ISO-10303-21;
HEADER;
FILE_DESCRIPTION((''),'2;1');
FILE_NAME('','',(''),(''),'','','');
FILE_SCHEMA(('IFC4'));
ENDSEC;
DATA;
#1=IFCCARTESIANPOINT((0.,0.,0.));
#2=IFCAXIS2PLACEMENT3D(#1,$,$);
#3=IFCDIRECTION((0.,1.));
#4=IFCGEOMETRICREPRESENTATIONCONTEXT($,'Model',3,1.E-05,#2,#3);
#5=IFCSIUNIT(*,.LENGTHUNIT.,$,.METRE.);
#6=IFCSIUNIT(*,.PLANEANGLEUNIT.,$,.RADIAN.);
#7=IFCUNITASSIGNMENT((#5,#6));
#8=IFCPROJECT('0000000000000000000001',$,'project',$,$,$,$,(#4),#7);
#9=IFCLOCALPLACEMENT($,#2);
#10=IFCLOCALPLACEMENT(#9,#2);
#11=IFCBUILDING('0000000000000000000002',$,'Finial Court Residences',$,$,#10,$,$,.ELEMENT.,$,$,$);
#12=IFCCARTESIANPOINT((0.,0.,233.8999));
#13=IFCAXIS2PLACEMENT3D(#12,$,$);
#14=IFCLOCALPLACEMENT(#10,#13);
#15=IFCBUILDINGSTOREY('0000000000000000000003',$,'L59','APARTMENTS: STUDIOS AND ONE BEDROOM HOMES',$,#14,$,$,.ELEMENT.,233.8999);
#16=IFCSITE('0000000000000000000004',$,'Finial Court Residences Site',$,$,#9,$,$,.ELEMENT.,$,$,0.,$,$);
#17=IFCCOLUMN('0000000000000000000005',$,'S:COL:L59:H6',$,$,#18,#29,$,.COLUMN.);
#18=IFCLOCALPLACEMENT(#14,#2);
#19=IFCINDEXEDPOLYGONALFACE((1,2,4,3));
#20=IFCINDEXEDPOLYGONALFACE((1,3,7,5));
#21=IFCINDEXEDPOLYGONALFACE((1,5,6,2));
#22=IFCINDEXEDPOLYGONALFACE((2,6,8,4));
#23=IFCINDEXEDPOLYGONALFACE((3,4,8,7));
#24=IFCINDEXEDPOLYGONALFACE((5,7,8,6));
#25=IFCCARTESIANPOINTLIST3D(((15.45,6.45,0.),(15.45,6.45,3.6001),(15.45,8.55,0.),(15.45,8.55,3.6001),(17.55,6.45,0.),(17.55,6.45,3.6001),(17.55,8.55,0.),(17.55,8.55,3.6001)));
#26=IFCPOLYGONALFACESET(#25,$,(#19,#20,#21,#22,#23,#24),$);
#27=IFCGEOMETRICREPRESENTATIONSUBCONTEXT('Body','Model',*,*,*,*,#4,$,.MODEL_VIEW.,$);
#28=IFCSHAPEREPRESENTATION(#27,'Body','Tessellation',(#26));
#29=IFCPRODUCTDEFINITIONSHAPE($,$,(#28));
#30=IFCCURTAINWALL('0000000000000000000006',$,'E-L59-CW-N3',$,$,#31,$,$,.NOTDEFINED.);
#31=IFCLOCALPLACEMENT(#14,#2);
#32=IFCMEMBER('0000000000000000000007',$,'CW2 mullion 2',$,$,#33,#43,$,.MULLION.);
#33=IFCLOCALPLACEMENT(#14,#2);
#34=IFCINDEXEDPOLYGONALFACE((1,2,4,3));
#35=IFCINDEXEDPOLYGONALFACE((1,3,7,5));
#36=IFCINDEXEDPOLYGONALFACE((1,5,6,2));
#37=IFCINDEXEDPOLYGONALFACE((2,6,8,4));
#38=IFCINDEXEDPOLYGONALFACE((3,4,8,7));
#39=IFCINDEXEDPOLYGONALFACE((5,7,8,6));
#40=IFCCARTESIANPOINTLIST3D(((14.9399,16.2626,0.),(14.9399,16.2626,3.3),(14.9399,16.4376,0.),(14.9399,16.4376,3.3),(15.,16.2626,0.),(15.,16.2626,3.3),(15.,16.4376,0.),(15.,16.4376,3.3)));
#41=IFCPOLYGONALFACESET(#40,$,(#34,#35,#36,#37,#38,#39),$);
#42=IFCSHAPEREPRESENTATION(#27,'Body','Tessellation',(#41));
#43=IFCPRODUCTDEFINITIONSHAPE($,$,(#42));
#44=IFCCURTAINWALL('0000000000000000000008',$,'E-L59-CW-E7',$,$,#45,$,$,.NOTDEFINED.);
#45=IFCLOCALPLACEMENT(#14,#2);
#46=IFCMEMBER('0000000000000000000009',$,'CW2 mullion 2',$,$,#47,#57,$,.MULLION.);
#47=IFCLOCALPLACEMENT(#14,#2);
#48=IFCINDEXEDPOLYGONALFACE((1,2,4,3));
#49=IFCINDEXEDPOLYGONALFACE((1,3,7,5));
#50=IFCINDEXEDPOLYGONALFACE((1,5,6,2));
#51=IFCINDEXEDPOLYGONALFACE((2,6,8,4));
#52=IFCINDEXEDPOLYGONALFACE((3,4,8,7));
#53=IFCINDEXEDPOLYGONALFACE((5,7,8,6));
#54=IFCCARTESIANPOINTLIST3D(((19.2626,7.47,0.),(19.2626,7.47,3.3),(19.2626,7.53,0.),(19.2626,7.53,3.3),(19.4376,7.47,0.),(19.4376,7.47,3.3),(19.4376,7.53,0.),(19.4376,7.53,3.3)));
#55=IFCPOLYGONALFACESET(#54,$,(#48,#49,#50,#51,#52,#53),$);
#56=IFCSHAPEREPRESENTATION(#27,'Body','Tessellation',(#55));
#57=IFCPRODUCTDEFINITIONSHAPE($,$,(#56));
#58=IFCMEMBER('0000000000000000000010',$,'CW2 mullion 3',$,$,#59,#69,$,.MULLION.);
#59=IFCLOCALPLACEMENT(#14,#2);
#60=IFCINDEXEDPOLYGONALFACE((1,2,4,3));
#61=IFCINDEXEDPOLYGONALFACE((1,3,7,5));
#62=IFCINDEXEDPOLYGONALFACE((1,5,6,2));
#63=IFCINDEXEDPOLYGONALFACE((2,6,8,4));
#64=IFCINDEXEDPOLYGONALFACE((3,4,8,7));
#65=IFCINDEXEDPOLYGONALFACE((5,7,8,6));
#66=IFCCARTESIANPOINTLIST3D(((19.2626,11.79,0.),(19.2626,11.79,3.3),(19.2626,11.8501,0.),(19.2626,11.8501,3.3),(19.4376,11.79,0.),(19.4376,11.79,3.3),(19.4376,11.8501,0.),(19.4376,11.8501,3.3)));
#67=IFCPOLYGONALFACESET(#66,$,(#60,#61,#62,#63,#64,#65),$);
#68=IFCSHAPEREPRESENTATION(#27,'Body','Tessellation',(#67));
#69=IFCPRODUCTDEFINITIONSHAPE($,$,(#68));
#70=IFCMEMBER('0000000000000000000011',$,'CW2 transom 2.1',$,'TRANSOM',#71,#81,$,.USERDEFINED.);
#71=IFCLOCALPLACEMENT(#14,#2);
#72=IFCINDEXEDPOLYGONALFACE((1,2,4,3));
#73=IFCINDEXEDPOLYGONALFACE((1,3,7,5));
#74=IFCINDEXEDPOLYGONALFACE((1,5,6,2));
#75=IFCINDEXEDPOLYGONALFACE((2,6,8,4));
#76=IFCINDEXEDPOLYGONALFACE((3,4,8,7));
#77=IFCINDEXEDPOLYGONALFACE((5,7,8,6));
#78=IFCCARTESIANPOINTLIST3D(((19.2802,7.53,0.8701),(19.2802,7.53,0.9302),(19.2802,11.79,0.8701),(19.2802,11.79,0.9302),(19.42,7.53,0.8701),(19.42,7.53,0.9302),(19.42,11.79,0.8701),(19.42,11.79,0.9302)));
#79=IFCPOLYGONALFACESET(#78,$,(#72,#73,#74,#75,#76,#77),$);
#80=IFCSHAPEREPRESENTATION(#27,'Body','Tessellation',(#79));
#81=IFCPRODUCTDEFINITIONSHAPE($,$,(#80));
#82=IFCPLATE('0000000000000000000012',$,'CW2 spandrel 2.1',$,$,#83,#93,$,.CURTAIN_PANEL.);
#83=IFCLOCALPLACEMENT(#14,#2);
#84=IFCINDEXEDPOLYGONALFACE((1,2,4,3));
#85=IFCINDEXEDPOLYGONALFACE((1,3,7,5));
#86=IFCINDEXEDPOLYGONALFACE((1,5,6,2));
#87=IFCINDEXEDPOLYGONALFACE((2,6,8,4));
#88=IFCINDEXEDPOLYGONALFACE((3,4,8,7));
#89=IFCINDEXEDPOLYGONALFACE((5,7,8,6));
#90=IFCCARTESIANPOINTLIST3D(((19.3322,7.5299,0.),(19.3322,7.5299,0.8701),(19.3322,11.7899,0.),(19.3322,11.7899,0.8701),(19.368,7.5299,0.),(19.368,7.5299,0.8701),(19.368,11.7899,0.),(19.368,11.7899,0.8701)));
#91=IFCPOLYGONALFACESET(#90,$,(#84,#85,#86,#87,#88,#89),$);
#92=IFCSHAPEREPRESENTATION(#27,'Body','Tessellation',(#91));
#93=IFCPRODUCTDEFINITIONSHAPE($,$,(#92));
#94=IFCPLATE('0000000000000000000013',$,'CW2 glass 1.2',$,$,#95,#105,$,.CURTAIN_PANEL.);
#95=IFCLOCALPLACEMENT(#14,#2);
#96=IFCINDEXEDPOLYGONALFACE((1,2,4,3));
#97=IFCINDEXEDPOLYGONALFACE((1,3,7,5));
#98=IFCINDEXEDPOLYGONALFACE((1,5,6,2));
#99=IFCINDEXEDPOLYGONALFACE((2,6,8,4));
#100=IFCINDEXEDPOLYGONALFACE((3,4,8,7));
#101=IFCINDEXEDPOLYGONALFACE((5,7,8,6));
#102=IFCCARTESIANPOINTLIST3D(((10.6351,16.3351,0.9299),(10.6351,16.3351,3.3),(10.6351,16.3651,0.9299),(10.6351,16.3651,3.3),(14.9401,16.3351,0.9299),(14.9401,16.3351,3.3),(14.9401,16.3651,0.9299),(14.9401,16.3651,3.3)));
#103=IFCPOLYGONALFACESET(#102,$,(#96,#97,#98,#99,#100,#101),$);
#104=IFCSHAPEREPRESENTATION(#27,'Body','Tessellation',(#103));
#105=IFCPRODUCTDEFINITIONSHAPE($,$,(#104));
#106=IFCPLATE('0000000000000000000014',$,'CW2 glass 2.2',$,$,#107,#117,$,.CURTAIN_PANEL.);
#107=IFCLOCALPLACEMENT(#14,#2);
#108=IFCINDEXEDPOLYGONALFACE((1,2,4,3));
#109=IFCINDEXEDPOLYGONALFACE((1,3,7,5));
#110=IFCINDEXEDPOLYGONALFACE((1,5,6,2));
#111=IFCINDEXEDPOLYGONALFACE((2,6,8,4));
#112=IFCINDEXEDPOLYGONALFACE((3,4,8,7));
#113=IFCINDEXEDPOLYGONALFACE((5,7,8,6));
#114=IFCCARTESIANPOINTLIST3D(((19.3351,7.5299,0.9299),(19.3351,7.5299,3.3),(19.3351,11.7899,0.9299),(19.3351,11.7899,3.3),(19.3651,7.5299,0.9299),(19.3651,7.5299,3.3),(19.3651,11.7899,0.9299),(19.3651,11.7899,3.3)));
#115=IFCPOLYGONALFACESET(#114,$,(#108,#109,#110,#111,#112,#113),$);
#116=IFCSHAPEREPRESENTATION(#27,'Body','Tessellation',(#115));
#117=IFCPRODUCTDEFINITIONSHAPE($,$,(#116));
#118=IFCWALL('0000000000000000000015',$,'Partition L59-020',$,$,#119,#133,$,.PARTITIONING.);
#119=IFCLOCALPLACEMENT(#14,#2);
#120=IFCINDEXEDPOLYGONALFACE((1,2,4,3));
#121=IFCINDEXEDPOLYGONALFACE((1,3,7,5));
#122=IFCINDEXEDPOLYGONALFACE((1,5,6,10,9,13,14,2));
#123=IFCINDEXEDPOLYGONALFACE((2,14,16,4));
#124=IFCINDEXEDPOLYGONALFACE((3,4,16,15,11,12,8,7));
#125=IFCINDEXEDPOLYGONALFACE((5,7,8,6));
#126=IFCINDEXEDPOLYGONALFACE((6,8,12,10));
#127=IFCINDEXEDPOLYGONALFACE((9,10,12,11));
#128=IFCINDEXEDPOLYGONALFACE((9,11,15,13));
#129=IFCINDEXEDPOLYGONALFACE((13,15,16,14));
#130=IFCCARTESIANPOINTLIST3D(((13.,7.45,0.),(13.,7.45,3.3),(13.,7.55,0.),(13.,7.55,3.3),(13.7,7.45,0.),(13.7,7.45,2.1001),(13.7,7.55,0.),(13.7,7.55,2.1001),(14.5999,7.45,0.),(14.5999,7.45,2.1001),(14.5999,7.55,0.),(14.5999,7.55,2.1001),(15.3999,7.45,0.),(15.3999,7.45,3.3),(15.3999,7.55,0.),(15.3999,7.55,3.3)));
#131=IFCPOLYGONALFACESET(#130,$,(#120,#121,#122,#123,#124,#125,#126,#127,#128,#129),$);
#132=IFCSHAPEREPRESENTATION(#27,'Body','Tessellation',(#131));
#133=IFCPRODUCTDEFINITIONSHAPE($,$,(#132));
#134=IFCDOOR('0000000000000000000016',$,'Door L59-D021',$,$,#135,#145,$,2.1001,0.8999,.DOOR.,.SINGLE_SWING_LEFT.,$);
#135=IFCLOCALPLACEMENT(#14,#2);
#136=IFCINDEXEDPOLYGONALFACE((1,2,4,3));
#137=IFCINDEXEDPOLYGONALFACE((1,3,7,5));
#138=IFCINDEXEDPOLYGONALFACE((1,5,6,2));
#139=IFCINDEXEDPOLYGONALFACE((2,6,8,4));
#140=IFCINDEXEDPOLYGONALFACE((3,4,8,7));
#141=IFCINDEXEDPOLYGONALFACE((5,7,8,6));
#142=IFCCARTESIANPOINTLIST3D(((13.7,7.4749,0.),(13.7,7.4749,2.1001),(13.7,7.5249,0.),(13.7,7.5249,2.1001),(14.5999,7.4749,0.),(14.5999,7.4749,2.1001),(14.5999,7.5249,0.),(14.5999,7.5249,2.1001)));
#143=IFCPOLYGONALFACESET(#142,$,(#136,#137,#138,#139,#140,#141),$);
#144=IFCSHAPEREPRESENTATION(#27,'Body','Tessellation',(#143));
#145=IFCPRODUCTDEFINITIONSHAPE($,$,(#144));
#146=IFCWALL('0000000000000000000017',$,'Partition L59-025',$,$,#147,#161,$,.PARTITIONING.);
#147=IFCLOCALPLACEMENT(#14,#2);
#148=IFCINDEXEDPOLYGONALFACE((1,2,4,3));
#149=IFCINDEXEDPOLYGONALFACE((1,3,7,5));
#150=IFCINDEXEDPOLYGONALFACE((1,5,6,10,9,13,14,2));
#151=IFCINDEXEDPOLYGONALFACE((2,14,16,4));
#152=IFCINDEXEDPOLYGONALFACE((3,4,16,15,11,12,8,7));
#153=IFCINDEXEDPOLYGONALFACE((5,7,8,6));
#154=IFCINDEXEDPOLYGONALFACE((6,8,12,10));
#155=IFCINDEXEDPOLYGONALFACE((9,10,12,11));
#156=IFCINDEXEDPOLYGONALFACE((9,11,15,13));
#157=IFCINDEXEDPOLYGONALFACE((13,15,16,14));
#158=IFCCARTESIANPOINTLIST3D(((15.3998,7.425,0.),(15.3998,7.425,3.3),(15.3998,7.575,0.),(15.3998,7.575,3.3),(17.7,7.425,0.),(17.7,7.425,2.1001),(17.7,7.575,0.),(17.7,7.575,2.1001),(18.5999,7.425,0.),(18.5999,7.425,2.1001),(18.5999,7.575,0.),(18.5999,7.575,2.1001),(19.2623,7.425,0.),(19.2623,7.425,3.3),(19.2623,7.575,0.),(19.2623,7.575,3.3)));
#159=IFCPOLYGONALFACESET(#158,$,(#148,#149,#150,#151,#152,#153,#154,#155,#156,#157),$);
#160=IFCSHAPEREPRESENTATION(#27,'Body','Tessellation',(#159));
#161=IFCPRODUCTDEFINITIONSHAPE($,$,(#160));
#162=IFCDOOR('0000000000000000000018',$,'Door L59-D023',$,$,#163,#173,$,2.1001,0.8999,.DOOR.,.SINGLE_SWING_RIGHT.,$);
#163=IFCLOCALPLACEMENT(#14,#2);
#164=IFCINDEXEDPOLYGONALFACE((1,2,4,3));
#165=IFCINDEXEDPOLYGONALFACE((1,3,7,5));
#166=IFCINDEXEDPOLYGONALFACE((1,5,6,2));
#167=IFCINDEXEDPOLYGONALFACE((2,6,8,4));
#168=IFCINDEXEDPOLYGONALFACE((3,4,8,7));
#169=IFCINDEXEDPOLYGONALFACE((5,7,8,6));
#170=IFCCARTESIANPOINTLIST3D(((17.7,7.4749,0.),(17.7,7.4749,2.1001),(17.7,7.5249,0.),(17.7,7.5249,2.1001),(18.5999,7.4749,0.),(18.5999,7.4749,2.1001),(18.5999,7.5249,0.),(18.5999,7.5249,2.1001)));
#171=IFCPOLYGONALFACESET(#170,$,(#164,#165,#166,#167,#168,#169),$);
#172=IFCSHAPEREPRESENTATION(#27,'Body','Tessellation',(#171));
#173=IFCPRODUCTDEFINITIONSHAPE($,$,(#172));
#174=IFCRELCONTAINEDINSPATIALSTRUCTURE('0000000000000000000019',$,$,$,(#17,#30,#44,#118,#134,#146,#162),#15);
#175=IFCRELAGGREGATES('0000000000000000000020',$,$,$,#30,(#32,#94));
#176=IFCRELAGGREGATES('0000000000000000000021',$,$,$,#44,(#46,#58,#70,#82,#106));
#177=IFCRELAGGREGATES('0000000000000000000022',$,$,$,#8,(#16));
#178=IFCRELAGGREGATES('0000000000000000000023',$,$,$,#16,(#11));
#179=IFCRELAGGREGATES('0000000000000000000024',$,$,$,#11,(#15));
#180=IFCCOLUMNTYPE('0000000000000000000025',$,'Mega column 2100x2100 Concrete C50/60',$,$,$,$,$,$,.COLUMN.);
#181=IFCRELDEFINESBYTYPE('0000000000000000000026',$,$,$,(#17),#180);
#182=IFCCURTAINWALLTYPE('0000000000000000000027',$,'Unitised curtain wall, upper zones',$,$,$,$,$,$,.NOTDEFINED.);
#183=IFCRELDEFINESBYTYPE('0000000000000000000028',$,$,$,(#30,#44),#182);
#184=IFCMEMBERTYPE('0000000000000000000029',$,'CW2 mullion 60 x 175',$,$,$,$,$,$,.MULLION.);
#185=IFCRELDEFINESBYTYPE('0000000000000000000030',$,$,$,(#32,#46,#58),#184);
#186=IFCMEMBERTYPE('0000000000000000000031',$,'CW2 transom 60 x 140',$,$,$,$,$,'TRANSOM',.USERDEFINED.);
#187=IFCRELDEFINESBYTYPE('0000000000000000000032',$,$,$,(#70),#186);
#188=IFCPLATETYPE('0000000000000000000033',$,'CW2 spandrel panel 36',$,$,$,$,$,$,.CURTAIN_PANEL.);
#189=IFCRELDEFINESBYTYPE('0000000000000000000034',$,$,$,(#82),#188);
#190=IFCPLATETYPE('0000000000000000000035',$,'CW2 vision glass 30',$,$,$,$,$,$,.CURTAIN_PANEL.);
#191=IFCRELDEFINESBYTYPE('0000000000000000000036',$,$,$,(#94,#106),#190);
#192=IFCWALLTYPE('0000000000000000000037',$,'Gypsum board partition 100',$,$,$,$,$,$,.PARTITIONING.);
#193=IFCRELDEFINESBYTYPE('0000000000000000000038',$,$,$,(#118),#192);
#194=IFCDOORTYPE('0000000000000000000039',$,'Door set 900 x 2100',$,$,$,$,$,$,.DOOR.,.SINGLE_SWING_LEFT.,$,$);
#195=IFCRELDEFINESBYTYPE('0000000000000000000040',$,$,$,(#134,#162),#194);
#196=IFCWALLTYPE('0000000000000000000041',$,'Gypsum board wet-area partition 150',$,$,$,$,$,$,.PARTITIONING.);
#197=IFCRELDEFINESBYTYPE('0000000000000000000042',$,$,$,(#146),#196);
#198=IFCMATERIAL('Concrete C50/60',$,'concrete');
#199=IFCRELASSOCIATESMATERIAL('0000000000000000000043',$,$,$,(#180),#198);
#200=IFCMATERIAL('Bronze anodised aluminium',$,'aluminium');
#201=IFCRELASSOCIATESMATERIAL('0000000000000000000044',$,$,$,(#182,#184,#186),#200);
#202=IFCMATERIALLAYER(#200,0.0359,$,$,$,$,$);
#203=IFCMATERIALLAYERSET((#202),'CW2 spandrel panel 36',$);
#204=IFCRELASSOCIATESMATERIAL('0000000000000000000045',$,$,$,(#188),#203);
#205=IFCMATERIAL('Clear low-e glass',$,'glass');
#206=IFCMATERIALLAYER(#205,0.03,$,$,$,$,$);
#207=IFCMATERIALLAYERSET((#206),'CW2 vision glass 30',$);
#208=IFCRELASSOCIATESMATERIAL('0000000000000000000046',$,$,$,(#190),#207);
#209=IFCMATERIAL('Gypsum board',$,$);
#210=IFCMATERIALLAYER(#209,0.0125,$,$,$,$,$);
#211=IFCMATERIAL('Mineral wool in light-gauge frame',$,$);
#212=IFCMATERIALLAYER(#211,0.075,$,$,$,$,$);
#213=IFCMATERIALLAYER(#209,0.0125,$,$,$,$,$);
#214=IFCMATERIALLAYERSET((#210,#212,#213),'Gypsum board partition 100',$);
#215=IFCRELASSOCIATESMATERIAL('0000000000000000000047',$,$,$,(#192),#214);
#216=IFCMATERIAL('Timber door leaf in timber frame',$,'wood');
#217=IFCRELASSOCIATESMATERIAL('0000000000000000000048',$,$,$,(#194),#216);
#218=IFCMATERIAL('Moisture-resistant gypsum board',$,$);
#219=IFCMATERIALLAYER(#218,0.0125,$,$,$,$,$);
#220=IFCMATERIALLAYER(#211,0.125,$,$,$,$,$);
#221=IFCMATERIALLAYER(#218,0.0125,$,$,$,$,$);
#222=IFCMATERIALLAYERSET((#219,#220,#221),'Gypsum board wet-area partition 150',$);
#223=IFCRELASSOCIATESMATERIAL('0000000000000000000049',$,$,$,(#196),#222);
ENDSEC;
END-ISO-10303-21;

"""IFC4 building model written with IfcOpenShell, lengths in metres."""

from ifc_helpers import new_model, si_unit, direction, frame, frame_2d, origin, origin_2d, place, context, subcontext, project, spatial, rectangle, extrude, material, layer, layer_set, material_profile, profile_set, type_object, element, fill, aggregate, save


model = new_model("IFC4")

# Units and contexts
model_context = context("Model", 3, precision=1e-05, world=origin(), true_north=direction((0.0, 1.0)))
body_context = subcontext(model_context, "Body", "Model", "MODEL_VIEW")
ifc_project = project(units=[si_unit("LENGTHUNIT", "METRE"), si_unit("PLANEANGLEUNIT", "RADIAN")], contexts=[model_context])

# Site, building, storey
site_placement = place(None, origin())
site = spatial("IfcSite", under=ifc_project, at=site_placement, Name="Finial Court Residences Site", CompositionType="ELEMENT", RefElevation=0.0)
building_placement = place(site_placement, origin())
building = spatial("IfcBuilding", under=site, at=building_placement, Name="Finial Court Residences", CompositionType="ELEMENT")
storey_placement = place(building_placement, frame((0.0, 0.0, 233.8999)))
storey = spatial("IfcBuildingStorey", under=building, at=storey_placement, Name="L59", Description="APARTMENTS: STUDIOS AND ONE BEDROOM HOMES", CompositionType="ELEMENT", Elevation=233.8999)

# Column
ifc_material_1 = material(Name="Concrete C50/60", Category="concrete")
ifc_material_profile_1 = material_profile(ifc_material_1, rectangle(XDim=2.1001, YDim=2.1001, at=origin_2d()), Name="2100x2100")
ifc_profile_set_1 = profile_set([ifc_material_profile_1], Name="Concrete C50/60")
column_type = type_object("IfcColumnType", Name="Mega column 2100x2100 Concrete C50/60", PredefinedType="COLUMN", material=ifc_profile_set_1)
column_placement = place(storey_placement, frame((16.5, 7.5, 0.0), z_axis=(0.0, 0.0, 1.0), x_axis=(1.0, 0.0, 0.0)))
element("IfcColumn", 1, at=column_placement, inside=storey, type_object=column_type, Name="S:COL:L59:H6", PredefinedType="COLUMN", context=body_context, shape_type="SweptSolid", body=[
    extrude(rectangle(XDim=2.1001, YDim=2.1001, at=origin_2d()), origin(), (0.0, 0.0, 1.0), 3.6001),
])

# Curtain wall, member
ifc_material_2 = material(Name="Bronze anodised aluminium", Category="aluminium")
curtain_wall_type = type_object("IfcCurtainWallType", Name="Unitised curtain wall, upper zones", PredefinedType="NOTDEFINED", material=ifc_material_2)
curtain_wall_1_placement = place(storey_placement, origin())
curtain_wall_1 = element("IfcCurtainWall", 2, at=curtain_wall_1_placement, inside=storey, type_object=curtain_wall_type, Name="E-L59-CW-N3", PredefinedType="NOTDEFINED")
ifc_material_profile_2 = material_profile(ifc_material_2, rectangle(XDim=0.175, YDim=0.0601, at=origin_2d()), Name="CW2 mullion 60 x 175")
ifc_profile_set_2 = profile_set([ifc_material_profile_2], Name="Bronze anodised aluminium")
member_type_1 = type_object("IfcMemberType", Name="CW2 mullion 60 x 175", PredefinedType="MULLION", material=ifc_profile_set_2)
member_1_placement = place(storey_placement, frame((14.97, 16.3501, 0.0), z_axis=(0.0, 0.0, 1.0), x_axis=(0.0, 1.0, 0.0)))
member_1 = element("IfcMember", 3, at=member_1_placement, type_object=member_type_1, Name="CW2 mullion 2", PredefinedType="MULLION", context=body_context, shape_type="SweptSolid", body=[
    extrude(rectangle(XDim=0.175, YDim=0.0601, at=origin_2d()), origin(), (0.0, 0.0, 1.0), 3.3),
])

# Curtain wall, members, plate
curtain_wall_2_placement = place(storey_placement, origin())
curtain_wall_2 = element("IfcCurtainWall", 4, at=curtain_wall_2_placement, inside=storey, type_object=curtain_wall_type, Name="E-L59-CW-E7", PredefinedType="NOTDEFINED")
member_2_placement = place(storey_placement, frame((19.3501, 7.5, 0.0), z_axis=(0.0, 0.0, 1.0), x_axis=(-1.0, 0.0, 0.0)))
member_2 = element("IfcMember", 5, at=member_2_placement, type_object=member_type_1, Name="CW2 mullion 2", PredefinedType="MULLION", context=body_context, shape_type="SweptSolid", body=[
    extrude(rectangle(XDim=0.175, YDim=0.0601, at=origin_2d()), origin(), (0.0, 0.0, 1.0), 3.3),
])
member_3_placement = place(storey_placement, frame((19.3501, 11.8201, 0.0), z_axis=(0.0, 0.0, 1.0), x_axis=(-1.0, 0.0, 0.0)))
member_3 = element("IfcMember", 6, at=member_3_placement, type_object=member_type_1, Name="CW2 mullion 3", PredefinedType="MULLION", context=body_context, shape_type="SweptSolid", body=[
    extrude(rectangle(XDim=0.175, YDim=0.0601, at=origin_2d()), origin(), (0.0, 0.0, 1.0), 3.3),
])
ifc_material_profile_3 = material_profile(ifc_material_2, rectangle(XDim=0.1399, YDim=0.0601, at=origin_2d()), Name="CW2 transom 60 x 140")
ifc_profile_set_3 = profile_set([ifc_material_profile_3], Name="Bronze anodised aluminium")
member_type_2 = type_object("IfcMemberType", Name="CW2 transom 60 x 140", ElementType="TRANSOM", PredefinedType="USERDEFINED", material=ifc_profile_set_3)
member_4_placement = place(storey_placement, frame((19.3501, 7.53, 0.9001), z_axis=(0.0, 1.0, 0.0), x_axis=(-1.0, 0.0, 0.0)))
member_4 = element("IfcMember", 7, at=member_4_placement, type_object=member_type_2, Name="CW2 transom 2.1", ObjectType="TRANSOM", PredefinedType="USERDEFINED", context=body_context, shape_type="SweptSolid", body=[
    extrude(rectangle(XDim=0.1399, YDim=0.0601, at=origin_2d()), origin(), (0.0, 0.0, 1.0), 4.26),
])
ifc_layer_1 = layer(ifc_material_2, 0.0359)
ifc_layer_set_1 = layer_set([ifc_layer_1], Name="CW2 spandrel panel 36")
plate_type_1 = type_object("IfcPlateType", Name="CW2 spandrel panel 36", PredefinedType="CURTAIN_PANEL", material=ifc_layer_set_1)
plate_1_placement = place(storey_placement, frame((19.3501, 9.6599, 0.0), z_axis=(0.0, 0.0, 1.0), x_axis=(0.0, 1.0, 0.0)))
plate_1 = element("IfcPlate", 8, at=plate_1_placement, type_object=plate_type_1, Name="CW2 spandrel 2.1", PredefinedType="CURTAIN_PANEL", context=body_context, shape_type="SweptSolid", body=[
    extrude(rectangle(XDim=4.26, YDim=0.0359, at=origin_2d()), origin(), (0.0, 0.0, 1.0), 0.8701),
])

# Plates
ifc_material_3 = material(Name="Clear low-e glass", Category="glass")
ifc_layer_2 = layer(ifc_material_3, 0.03)
ifc_layer_set_2 = layer_set([ifc_layer_2], Name="CW2 vision glass 30")
plate_type_2 = type_object("IfcPlateType", Name="CW2 vision glass 30", PredefinedType="CURTAIN_PANEL", material=ifc_layer_set_2)
plate_2_placement = place(storey_placement, frame((12.7876, 16.3501, 0.9299), z_axis=(0.0, 0.0, 1.0), x_axis=(1.0, 0.0, 0.0)))
plate_2 = element("IfcPlate", 9, at=plate_2_placement, type_object=plate_type_2, Name="CW2 glass 1.2", PredefinedType="CURTAIN_PANEL", context=body_context, shape_type="SweptSolid", body=[
    extrude(rectangle(XDim=4.3049, YDim=0.03, at=origin_2d()), origin(), (0.0, 0.0, 1.0), 2.3701),
])
aggregate(curtain_wall_1, [member_1, plate_2])
plate_3_placement = place(storey_placement, frame((19.3501, 9.6599, 0.9299), z_axis=(0.0, 0.0, 1.0), x_axis=(0.0, 1.0, 0.0)))
plate_3 = element("IfcPlate", 10, at=plate_3_placement, type_object=plate_type_2, Name="CW2 glass 2.2", PredefinedType="CURTAIN_PANEL", context=body_context, shape_type="SweptSolid", body=[
    extrude(rectangle(XDim=4.26, YDim=0.03, at=origin_2d()), origin(), (0.0, 0.0, 1.0), 2.3701),
])
aggregate(curtain_wall_2, [member_2, member_3, member_4, plate_1, plate_3])

# Walls, openings, doors
ifc_material_4 = material(Name="Gypsum board")
ifc_layer_3 = layer(ifc_material_4, 0.0125)
ifc_material_5 = material(Name="Mineral wool in light-gauge frame")
ifc_layer_4 = layer(ifc_material_5, 0.075)
ifc_layer_5 = layer(ifc_material_4, 0.0125)
ifc_layer_set_3 = layer_set([ifc_layer_3, ifc_layer_4, ifc_layer_5], Name="Gypsum board partition 100")
wall_type_1 = type_object("IfcWallType", Name="Gypsum board partition 100", PredefinedType="PARTITIONING", material=ifc_layer_set_3)
wall_1_placement = place(storey_placement, frame((13.0, 7.5, 0.0), z_axis=(0.0, 0.0, 1.0), x_axis=(1.0, 0.0, 0.0)))
wall_1 = element("IfcWall", 11, at=wall_1_placement, inside=storey, type_object=wall_type_1, Name="Partition L59-020", PredefinedType="PARTITIONING", context=body_context, shape_type="SweptSolid", body=[
    extrude(rectangle(XDim=2.3999, YDim=0.1001, at=frame_2d((1.2, 0.0))), origin(), (0.0, 0.0, 1.0), 3.3),
])
opening_1_placement = place(wall_1_placement, frame((0.7, 0.0, 0.0)))
opening_1 = element("IfcOpeningElement", 12, at=opening_1_placement, cuts=wall_1, PredefinedType="OPENING", context=body_context, shape_type="SweptSolid", body=[
    extrude(rectangle(XDim=0.8999, YDim=2.1001, at=frame_2d((0.45, 1.05))), frame((0.0, 0.0601, 0.0), z_axis=(0.0, -1.0, 0.0), x_axis=(1.0, 0.0, 0.0)), (0.0, 0.0, 1.0), 0.1201),
])
ifc_material_6 = material(Name="Timber door leaf in timber frame", Category="wood")
door_type = type_object("IfcDoorType", Name="Door set 900 x 2100", OperationType="SINGLE_SWING_LEFT", PredefinedType="DOOR", material=ifc_material_6)
door_1_placement = place(opening_1_placement, origin())
door_1 = element("IfcDoor", 13, at=door_1_placement, inside=storey, type_object=door_type, Name="Door L59-D021", OperationType="SINGLE_SWING_LEFT", OverallHeight=2.1001, OverallWidth=0.8999, PredefinedType="DOOR", context=body_context, shape_type="SweptSolid", body=[
    extrude(rectangle(XDim=0.8999, YDim=2.1001, at=frame_2d((0.45, 1.05))), frame((0.0, 0.0249, 0.0), z_axis=(0.0, -1.0, 0.0), x_axis=(1.0, 0.0, 0.0)), (0.0, 0.0, 1.0), 0.05),
])
fill(opening_1, door_1)
ifc_material_7 = material(Name="Moisture-resistant gypsum board")
ifc_layer_6 = layer(ifc_material_7, 0.0125)
ifc_layer_7 = layer(ifc_material_5, 0.125)
ifc_layer_8 = layer(ifc_material_7, 0.0125)
ifc_layer_set_4 = layer_set([ifc_layer_6, ifc_layer_7, ifc_layer_8], Name="Gypsum board wet-area partition 150")
wall_type_2 = type_object("IfcWallType", Name="Gypsum board wet-area partition 150", PredefinedType="PARTITIONING", material=ifc_layer_set_4)
wall_2_placement = place(storey_placement, frame((15.3999, 7.5, 0.0), z_axis=(0.0, 0.0, 1.0), x_axis=(1.0, 0.0, 0.0)))
wall_2 = element("IfcWall", 14, at=wall_2_placement, inside=storey, type_object=wall_type_2, Name="Partition L59-025", PredefinedType="PARTITIONING", context=body_context, shape_type="SweptSolid", body=[
    extrude(rectangle(XDim=3.8625, YDim=0.1499, at=frame_2d((1.9312, 0.0))), origin(), (0.0, 0.0, 1.0), 3.3),
])
opening_2_placement = place(wall_2_placement, frame((2.3, 0.0, 0.0)))
opening_2 = element("IfcOpeningElement", 15, at=opening_2_placement, cuts=wall_2, PredefinedType="OPENING", context=body_context, shape_type="SweptSolid", body=[
    extrude(rectangle(XDim=0.8999, YDim=2.1001, at=frame_2d((0.45, 1.05))), frame((0.0, 0.085, 0.0), z_axis=(0.0, -1.0, 0.0), x_axis=(1.0, 0.0, 0.0)), (0.0, 0.0, 1.0), 0.1699),
])
door_2_placement = place(opening_2_placement, origin())
door_2 = element("IfcDoor", 16, at=door_2_placement, inside=storey, type_object=door_type, Name="Door L59-D023", OperationType="SINGLE_SWING_RIGHT", OverallHeight=2.1001, OverallWidth=0.8999, PredefinedType="DOOR", context=body_context, shape_type="SweptSolid", body=[
    extrude(rectangle(XDim=0.8999, YDim=2.1001, at=frame_2d((0.45, 1.05))), frame((0.0, 0.0249, 0.0), z_axis=(0.0, -1.0, 0.0), x_axis=(1.0, 0.0, 0.0)), (0.0, 0.0, 1.0), 0.05),
])
fill(opening_2, door_2)

save(model, "model.ifc")
